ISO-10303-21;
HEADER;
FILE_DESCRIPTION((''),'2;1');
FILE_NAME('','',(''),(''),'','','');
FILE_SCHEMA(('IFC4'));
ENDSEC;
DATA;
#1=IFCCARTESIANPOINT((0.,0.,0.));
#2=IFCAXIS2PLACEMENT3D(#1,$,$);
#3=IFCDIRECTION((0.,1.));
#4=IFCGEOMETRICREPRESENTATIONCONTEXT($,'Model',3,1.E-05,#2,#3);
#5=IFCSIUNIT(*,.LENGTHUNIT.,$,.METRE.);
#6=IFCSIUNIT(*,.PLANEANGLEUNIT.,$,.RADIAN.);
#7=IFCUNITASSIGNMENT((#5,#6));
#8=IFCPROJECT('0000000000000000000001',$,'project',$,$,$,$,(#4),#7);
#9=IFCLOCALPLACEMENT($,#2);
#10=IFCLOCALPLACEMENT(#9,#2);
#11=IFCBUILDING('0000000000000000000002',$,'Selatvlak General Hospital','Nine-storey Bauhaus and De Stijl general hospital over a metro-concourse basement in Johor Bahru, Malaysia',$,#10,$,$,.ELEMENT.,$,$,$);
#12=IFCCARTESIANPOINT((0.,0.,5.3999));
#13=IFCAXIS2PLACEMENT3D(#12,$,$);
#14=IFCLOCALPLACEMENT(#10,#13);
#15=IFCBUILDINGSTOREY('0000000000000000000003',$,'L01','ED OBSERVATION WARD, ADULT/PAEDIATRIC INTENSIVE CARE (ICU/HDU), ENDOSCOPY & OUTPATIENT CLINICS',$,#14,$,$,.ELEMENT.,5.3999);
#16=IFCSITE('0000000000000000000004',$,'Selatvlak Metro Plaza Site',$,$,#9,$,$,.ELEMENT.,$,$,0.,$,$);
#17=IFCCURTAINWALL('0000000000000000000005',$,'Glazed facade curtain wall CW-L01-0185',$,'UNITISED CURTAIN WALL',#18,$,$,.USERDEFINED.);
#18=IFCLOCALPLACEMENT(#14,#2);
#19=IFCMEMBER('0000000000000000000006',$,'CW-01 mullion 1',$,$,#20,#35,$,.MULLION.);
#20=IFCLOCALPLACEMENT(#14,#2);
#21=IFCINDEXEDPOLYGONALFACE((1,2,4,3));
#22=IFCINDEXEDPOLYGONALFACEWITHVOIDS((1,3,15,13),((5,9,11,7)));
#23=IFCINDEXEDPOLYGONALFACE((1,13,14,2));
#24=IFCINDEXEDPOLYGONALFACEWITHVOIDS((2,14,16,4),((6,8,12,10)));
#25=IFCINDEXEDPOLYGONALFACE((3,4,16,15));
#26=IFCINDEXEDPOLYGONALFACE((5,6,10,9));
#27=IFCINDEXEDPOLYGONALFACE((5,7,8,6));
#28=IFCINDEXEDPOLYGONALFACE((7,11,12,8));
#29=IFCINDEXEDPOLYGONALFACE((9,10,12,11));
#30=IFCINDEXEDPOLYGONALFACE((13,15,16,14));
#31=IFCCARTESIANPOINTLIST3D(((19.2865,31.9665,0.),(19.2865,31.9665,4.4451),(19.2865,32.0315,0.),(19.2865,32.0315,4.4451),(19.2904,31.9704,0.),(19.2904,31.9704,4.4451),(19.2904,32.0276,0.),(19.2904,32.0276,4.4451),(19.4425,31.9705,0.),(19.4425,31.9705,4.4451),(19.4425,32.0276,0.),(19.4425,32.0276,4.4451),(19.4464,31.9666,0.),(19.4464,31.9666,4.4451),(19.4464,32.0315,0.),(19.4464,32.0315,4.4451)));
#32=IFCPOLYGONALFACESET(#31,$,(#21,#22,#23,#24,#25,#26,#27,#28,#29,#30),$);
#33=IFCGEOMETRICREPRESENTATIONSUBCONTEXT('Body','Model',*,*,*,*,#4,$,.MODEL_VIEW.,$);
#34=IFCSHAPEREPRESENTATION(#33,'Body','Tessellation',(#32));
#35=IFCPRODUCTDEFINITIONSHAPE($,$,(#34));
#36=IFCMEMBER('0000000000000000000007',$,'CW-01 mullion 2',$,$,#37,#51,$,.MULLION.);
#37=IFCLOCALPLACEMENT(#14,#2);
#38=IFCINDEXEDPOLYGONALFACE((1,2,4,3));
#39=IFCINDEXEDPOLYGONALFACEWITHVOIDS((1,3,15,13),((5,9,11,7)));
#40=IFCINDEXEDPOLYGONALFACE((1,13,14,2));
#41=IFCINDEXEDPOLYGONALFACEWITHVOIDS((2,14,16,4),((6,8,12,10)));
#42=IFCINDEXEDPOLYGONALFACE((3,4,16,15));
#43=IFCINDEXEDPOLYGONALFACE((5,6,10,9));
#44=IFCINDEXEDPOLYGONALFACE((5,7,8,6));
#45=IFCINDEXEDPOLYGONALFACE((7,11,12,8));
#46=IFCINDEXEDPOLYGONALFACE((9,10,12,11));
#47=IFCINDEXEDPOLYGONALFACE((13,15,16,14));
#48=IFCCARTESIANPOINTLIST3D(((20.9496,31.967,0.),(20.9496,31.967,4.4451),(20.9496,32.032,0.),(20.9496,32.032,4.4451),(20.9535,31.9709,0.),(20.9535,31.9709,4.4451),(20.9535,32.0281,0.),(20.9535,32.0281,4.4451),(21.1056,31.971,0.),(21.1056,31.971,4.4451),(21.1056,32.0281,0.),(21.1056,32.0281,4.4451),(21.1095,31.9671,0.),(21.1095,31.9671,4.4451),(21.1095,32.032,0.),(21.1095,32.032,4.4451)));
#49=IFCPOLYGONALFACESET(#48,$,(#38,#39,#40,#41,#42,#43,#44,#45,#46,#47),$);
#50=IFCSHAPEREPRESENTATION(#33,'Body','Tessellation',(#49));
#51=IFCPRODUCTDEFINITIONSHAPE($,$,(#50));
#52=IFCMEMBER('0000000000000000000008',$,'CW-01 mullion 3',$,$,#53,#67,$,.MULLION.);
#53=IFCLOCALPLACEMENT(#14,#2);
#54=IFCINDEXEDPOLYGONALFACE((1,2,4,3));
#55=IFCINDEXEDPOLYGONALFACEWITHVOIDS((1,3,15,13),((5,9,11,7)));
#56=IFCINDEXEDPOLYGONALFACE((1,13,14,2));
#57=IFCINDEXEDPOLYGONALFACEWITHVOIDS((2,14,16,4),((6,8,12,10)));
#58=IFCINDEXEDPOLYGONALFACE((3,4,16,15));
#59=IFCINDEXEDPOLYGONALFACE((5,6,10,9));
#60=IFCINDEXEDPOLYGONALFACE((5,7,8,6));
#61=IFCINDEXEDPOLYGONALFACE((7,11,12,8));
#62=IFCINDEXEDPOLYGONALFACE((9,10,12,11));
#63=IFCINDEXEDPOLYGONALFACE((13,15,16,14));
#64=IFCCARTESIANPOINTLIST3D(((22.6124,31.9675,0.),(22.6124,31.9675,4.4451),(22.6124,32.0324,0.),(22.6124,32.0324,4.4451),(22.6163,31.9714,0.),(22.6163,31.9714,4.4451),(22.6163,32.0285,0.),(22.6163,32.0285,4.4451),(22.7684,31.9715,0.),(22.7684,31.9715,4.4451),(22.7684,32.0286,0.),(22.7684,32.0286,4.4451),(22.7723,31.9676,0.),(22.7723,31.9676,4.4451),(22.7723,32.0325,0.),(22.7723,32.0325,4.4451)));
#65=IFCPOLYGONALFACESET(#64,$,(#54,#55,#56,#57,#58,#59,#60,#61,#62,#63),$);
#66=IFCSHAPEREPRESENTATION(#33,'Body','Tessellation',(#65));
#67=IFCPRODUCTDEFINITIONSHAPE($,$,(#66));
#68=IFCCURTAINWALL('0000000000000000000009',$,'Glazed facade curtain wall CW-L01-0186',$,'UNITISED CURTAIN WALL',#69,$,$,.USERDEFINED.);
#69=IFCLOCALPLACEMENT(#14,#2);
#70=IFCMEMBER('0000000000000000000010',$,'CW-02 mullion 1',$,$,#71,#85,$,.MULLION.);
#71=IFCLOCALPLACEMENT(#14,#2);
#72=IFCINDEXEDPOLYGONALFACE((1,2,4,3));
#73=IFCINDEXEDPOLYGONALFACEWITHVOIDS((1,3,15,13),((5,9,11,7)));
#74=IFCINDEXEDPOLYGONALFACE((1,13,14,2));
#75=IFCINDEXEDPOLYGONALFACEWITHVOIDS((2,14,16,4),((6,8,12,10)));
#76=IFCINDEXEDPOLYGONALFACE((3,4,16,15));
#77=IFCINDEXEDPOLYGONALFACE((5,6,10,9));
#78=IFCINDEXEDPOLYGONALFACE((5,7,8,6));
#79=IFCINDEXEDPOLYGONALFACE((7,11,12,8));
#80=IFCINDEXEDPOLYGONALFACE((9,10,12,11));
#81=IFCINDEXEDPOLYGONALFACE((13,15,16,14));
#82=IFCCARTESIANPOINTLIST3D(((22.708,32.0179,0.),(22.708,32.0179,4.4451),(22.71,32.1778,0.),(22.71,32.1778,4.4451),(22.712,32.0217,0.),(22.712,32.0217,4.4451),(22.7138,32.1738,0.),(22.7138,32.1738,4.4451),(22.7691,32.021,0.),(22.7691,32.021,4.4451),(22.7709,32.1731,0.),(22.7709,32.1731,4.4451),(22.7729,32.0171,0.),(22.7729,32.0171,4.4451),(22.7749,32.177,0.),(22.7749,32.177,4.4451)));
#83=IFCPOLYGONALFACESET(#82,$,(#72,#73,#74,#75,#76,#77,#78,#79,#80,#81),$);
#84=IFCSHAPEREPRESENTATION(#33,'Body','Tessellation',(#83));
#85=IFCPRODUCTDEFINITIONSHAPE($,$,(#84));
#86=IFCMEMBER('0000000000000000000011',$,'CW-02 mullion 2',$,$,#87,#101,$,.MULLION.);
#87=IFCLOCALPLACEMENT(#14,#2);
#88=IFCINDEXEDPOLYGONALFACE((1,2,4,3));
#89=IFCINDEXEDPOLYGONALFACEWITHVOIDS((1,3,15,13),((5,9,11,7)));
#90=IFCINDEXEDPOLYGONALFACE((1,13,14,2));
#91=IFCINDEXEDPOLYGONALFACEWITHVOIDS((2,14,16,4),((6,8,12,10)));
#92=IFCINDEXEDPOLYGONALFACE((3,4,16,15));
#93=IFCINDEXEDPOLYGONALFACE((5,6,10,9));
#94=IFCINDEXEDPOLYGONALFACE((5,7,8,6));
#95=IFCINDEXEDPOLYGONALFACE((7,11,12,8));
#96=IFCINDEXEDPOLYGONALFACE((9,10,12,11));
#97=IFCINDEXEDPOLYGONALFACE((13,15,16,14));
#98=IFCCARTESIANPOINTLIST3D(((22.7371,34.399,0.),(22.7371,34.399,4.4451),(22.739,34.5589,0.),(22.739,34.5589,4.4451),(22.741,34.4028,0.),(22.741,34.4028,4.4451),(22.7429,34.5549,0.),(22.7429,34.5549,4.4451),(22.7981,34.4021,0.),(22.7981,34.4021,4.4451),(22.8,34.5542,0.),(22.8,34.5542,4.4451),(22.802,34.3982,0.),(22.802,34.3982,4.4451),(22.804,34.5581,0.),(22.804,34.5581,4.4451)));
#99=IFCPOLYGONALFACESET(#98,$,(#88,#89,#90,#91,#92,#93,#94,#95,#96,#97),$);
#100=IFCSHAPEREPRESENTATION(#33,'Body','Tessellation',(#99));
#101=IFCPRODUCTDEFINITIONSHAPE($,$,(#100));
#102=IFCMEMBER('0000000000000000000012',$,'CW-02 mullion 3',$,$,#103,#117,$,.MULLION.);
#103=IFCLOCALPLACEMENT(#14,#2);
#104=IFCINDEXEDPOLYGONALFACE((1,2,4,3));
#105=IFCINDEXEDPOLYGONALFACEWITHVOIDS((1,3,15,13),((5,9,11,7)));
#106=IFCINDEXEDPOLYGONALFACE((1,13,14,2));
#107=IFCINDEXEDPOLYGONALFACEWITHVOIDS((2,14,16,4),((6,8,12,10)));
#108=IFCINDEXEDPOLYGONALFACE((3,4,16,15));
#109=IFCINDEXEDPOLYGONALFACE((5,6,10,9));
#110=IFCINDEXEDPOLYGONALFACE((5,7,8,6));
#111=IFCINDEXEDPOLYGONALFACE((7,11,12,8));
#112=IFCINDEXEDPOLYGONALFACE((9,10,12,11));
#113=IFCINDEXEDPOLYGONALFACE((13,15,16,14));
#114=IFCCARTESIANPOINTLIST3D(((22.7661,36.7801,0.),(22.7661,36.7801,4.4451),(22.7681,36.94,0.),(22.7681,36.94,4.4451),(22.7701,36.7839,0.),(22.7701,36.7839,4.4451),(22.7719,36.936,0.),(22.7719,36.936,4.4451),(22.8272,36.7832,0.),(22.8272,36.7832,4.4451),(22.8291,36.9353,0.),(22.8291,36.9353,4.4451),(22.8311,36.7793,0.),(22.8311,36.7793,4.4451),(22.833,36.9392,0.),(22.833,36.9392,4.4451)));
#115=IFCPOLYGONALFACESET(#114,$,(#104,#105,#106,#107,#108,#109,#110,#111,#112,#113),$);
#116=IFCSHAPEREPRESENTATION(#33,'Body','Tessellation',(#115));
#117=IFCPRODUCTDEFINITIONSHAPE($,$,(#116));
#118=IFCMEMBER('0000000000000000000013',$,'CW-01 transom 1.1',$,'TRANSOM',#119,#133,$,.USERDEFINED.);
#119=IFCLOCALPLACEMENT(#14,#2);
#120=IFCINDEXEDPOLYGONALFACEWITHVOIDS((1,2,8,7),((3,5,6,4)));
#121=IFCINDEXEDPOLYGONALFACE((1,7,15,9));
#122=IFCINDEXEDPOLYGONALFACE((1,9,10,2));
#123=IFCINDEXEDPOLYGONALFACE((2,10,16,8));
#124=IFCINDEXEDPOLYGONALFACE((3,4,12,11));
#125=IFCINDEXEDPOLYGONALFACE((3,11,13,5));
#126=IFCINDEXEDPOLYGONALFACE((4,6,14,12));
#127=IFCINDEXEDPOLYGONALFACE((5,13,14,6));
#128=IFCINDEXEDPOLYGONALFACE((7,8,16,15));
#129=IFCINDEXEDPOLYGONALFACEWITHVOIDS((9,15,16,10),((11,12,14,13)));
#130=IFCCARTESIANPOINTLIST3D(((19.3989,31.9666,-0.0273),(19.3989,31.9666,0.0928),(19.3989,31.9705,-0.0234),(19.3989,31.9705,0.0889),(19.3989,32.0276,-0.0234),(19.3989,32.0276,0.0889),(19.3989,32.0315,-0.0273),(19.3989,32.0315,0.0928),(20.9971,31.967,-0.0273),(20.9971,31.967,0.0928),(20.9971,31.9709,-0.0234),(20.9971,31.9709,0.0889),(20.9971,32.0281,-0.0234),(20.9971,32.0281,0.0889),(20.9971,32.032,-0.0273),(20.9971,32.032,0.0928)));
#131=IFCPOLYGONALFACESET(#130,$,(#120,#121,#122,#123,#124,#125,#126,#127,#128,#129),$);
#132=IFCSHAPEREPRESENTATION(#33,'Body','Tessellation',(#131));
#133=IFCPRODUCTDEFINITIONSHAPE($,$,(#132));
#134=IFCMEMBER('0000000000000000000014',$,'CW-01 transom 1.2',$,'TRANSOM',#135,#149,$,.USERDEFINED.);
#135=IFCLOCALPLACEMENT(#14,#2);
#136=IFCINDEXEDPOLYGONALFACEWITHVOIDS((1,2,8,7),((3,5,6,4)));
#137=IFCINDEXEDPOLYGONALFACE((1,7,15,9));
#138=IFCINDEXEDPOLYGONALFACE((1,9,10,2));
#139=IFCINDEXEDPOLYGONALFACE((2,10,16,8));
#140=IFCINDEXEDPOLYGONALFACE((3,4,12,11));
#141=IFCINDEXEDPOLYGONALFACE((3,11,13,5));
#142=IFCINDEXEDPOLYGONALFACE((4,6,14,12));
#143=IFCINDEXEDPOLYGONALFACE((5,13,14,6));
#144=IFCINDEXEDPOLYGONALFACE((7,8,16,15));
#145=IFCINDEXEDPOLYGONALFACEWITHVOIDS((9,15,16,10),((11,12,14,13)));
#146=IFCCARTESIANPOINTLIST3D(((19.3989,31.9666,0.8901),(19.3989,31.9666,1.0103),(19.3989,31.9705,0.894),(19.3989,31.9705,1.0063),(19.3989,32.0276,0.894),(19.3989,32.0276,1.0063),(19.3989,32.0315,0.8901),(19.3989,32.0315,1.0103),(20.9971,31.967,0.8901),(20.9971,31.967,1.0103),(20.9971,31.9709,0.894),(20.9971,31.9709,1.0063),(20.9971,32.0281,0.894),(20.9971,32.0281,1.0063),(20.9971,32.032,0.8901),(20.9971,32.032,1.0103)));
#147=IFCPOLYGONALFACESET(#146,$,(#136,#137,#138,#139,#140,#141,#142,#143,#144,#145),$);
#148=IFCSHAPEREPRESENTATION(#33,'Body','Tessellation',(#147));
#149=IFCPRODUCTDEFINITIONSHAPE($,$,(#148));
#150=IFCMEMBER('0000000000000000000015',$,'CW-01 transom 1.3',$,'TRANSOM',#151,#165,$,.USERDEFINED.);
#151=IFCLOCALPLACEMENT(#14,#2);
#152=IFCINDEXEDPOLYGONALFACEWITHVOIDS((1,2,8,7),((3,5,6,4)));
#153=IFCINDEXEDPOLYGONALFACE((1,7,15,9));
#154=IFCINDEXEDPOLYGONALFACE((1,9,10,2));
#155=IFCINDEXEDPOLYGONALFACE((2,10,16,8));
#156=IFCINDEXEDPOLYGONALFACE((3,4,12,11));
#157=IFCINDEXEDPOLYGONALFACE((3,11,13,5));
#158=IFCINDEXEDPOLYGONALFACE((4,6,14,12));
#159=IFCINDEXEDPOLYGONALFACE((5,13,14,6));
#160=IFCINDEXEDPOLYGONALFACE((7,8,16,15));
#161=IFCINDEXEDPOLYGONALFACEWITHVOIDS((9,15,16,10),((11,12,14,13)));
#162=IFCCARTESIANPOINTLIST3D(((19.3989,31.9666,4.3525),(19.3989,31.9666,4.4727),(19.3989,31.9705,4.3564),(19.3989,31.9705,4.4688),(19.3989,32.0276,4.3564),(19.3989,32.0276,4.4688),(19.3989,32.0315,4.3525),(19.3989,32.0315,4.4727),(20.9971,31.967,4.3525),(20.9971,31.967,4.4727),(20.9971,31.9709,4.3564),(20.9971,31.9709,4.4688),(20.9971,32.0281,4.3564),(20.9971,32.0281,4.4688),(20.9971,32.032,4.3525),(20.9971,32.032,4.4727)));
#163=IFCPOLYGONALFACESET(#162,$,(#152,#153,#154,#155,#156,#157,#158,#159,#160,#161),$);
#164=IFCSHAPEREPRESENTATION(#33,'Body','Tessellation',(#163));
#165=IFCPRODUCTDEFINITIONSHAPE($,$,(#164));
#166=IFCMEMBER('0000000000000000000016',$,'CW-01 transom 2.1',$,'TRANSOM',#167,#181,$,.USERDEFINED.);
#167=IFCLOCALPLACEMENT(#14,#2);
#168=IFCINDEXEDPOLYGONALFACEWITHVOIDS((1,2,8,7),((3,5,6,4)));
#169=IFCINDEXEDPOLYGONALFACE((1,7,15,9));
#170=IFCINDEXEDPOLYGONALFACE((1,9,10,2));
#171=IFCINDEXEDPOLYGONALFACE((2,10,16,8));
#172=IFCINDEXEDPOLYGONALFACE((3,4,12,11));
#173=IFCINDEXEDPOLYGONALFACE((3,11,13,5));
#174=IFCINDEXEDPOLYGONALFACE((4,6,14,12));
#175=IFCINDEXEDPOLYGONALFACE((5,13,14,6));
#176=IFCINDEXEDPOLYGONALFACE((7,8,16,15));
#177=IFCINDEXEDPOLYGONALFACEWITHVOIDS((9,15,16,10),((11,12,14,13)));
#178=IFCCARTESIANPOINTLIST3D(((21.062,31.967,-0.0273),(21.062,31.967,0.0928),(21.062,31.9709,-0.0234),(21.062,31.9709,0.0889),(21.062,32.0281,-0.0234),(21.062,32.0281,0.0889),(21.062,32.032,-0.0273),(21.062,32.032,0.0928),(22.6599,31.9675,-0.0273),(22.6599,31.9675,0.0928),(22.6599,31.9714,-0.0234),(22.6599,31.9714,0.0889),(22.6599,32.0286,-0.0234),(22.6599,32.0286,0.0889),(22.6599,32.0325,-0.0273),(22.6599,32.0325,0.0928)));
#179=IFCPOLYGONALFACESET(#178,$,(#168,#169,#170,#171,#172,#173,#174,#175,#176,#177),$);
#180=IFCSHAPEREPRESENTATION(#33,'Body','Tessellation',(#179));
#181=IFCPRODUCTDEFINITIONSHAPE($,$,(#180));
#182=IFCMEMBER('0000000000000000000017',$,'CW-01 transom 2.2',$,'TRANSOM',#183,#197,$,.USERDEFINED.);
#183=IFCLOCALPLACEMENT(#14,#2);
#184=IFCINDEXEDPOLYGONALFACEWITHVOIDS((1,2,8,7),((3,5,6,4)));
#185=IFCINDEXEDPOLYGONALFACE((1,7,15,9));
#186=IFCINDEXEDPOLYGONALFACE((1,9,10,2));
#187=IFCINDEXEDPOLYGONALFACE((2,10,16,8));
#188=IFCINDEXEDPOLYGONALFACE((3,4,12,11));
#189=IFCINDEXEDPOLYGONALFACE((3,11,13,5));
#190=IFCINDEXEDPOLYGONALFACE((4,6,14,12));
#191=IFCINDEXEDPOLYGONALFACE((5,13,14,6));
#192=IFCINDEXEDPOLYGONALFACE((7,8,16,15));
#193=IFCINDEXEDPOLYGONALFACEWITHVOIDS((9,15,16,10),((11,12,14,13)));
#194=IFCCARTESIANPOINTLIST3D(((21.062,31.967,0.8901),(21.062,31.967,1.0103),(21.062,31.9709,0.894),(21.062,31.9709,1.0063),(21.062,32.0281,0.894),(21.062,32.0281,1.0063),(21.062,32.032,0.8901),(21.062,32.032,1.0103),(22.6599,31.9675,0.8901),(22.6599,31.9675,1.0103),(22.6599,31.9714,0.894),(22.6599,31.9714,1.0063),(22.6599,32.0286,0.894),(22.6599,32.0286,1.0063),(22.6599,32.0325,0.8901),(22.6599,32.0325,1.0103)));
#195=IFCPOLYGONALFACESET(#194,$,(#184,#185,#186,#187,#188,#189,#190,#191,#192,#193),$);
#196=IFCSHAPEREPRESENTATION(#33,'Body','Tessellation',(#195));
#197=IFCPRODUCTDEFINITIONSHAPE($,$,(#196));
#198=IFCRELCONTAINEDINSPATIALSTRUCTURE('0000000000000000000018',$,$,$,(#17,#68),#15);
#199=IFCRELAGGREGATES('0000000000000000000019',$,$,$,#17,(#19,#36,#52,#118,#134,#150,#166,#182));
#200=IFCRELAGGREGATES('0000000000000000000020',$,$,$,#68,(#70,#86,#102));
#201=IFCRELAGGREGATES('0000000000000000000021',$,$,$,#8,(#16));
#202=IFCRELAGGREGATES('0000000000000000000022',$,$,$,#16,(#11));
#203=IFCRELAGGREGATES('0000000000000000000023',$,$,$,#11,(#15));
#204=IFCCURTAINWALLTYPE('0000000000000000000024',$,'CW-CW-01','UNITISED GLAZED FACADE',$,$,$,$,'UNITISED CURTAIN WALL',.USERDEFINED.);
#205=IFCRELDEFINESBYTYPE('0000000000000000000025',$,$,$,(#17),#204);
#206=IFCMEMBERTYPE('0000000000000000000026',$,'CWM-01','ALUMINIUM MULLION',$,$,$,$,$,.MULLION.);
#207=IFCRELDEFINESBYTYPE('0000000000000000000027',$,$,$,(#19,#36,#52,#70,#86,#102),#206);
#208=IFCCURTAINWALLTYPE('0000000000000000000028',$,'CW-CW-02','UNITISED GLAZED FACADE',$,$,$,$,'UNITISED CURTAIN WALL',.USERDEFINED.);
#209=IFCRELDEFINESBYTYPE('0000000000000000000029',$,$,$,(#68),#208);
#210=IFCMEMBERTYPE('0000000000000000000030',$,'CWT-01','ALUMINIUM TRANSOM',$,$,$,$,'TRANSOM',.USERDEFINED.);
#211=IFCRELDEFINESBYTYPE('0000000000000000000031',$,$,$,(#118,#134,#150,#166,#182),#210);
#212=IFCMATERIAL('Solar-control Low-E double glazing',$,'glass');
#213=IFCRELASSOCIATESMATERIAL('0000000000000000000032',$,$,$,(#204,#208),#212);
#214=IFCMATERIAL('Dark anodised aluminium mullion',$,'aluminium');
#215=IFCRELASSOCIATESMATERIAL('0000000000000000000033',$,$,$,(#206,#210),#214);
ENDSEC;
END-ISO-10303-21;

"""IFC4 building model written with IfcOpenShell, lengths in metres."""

from ifc_helpers import new_model, si_unit, direction, frame, origin, origin_2d, place, context, subcontext, project, spatial, hollow_rectangle, extrude, material, material_profile, profile_set, type_object, element, aggregate, save


model = new_model("IFC4")

# Units and contexts
model_context = context("Model", 3, precision=1e-05, world=origin(), true_north=direction((0.0, 1.0)))
body_context = subcontext(model_context, "Body", "Model", "MODEL_VIEW")
ifc_project = project(units=[si_unit("LENGTHUNIT", "METRE"), si_unit("PLANEANGLEUNIT", "RADIAN")], contexts=[model_context])

# Site, building, storey
site_placement = place(None, origin())
site = spatial("IfcSite", under=ifc_project, at=site_placement, Name="Selatvlak Metro Plaza Site", CompositionType="ELEMENT", RefElevation=0.0)
building_placement = place(site_placement, origin())
building = spatial("IfcBuilding", under=site, at=building_placement, Name="Selatvlak General Hospital", Description="Nine-storey Bauhaus and De Stijl general hospital over a metro-concourse basement in Johor Bahru, Malaysia", CompositionType="ELEMENT")
storey_placement = place(building_placement, frame((0.0, 0.0, 5.3999)))
storey = spatial("IfcBuildingStorey", under=building, at=storey_placement, Name="L01", Description="ED OBSERVATION WARD, ADULT/PAEDIATRIC INTENSIVE CARE (ICU/HDU), ENDOSCOPY & OUTPATIENT CLINICS", CompositionType="ELEMENT", Elevation=5.3999)

# Curtain walls, members
ifc_material_1 = material(Name="Solar-control Low-E double glazing", Category="glass")
curtain_wall_type_1 = type_object("IfcCurtainWallType", Name="CW-CW-01", Description="UNITISED GLAZED FACADE", ElementType="UNITISED CURTAIN WALL", PredefinedType="USERDEFINED", material=ifc_material_1)
curtain_wall_1_placement = place(storey_placement, origin())
curtain_wall_1 = element("IfcCurtainWall", 1, at=curtain_wall_1_placement, inside=storey, type_object=curtain_wall_type_1, Name="Glazed facade curtain wall CW-L01-0185", ObjectType="UNITISED CURTAIN WALL", PredefinedType="USERDEFINED")
ifc_material_2 = material(Name="Dark anodised aluminium mullion", Category="aluminium")
ifc_material_profile_1 = material_profile(ifc_material_2, hollow_rectangle(XDim=0.0649, YDim=0.1599, WallThickness=0.0039, at=origin_2d()), Name="AL-MUL 65x160x4")
ifc_profile_set_1 = profile_set([ifc_material_profile_1], Name="Dark anodised aluminium mullion")
member_type_1 = type_object("IfcMemberType", Name="CWM-01", Description="ALUMINIUM MULLION", PredefinedType="MULLION", material=ifc_profile_set_1)
member_1_placement = place(storey_placement, frame((19.3665, 31.999, 0.0), z_axis=(0.0, 0.0, 1.0), x_axis=(-0.000295, 1.0, 0.0)))
member_1 = element("IfcMember", 2, at=member_1_placement, type_object=member_type_1, Name="CW-01 mullion 1", PredefinedType="MULLION", context=body_context, shape_type="SweptSolid", body=[
    extrude(hollow_rectangle(XDim=0.0649, YDim=0.1599, WallThickness=0.0039, at=origin_2d()), origin(), (0.0, 0.0, 1.0), 4.4451),
])
member_2_placement = place(storey_placement, frame((21.0295, 31.9995, 0.0), z_axis=(0.0, 0.0, 1.0), x_axis=(-0.000295, 1.0, 0.0)))
member_2 = element("IfcMember", 3, at=member_2_placement, type_object=member_type_1, Name="CW-01 mullion 2", PredefinedType="MULLION", context=body_context, shape_type="SweptSolid", body=[
    extrude(hollow_rectangle(XDim=0.0649, YDim=0.1599, WallThickness=0.0039, at=origin_2d()), origin(), (0.0, 0.0, 1.0), 4.4451),
])
member_3_placement = place(storey_placement, frame((22.6924, 32.0, 0.0), z_axis=(0.0, 0.0, 1.0), x_axis=(-0.000295, 1.0, 0.0)))
member_3 = element("IfcMember", 4, at=member_3_placement, type_object=member_type_1, Name="CW-01 mullion 3", PredefinedType="MULLION", context=body_context, shape_type="SweptSolid", body=[
    extrude(hollow_rectangle(XDim=0.0649, YDim=0.1599, WallThickness=0.0039, at=origin_2d()), origin(), (0.0, 0.0, 1.0), 4.4451),
])
curtain_wall_type_2 = type_object("IfcCurtainWallType", Name="CW-CW-02", Description="UNITISED GLAZED FACADE", ElementType="UNITISED CURTAIN WALL", PredefinedType="USERDEFINED", material=ifc_material_1)
curtain_wall_2_placement = place(storey_placement, origin())
curtain_wall_2 = element("IfcCurtainWall", 5, at=curtain_wall_2_placement, inside=storey, type_object=curtain_wall_type_2, Name="Glazed facade curtain wall CW-L01-0186", ObjectType="UNITISED CURTAIN WALL", PredefinedType="USERDEFINED")
member_4_placement = place(storey_placement, frame((22.7415, 32.0974, 0.0), z_axis=(0.0, 0.0, 1.0), x_axis=(-0.999925, 0.012222, 0.0)))
member_4 = element("IfcMember", 6, at=member_4_placement, type_object=member_type_1, Name="CW-02 mullion 1", PredefinedType="MULLION", context=body_context, shape_type="SweptSolid", body=[
    extrude(hollow_rectangle(XDim=0.0649, YDim=0.1599, WallThickness=0.0039, at=origin_2d()), origin(), (0.0, 0.0, 1.0), 4.4451),
])
member_5_placement = place(storey_placement, frame((22.7705, 34.4785, 0.0), z_axis=(0.0, 0.0, 1.0), x_axis=(-0.999925, 0.012222, 0.0)))
member_5 = element("IfcMember", 7, at=member_5_placement, type_object=member_type_1, Name="CW-02 mullion 2", PredefinedType="MULLION", context=body_context, shape_type="SweptSolid", body=[
    extrude(hollow_rectangle(XDim=0.0649, YDim=0.1599, WallThickness=0.0039, at=origin_2d()), origin(), (0.0, 0.0, 1.0), 4.4451),
])
member_6_placement = place(storey_placement, frame((22.7996, 36.8596, 0.0), z_axis=(0.0, 0.0, 1.0), x_axis=(-0.999925, 0.012222, 0.0)))
member_6 = element("IfcMember", 8, at=member_6_placement, type_object=member_type_1, Name="CW-02 mullion 3", PredefinedType="MULLION", context=body_context, shape_type="SweptSolid", body=[
    extrude(hollow_rectangle(XDim=0.0649, YDim=0.1599, WallThickness=0.0039, at=origin_2d()), origin(), (0.0, 0.0, 1.0), 4.4451),
])

# Members
ifc_material_profile_2 = material_profile(ifc_material_2, hollow_rectangle(XDim=0.0649, YDim=0.1201, WallThickness=0.0039, at=origin_2d()), Name="AL-TRN 65x120x4")
ifc_profile_set_2 = profile_set([ifc_material_profile_2], Name="Dark anodised aluminium mullion")
member_type_2 = type_object("IfcMemberType", Name="CWT-01", Description="ALUMINIUM TRANSOM", ElementType="TRANSOM", PredefinedType="USERDEFINED", material=ifc_profile_set_2)
member_7_placement = place(storey_placement, frame((19.3989, 31.999, 0.0327), z_axis=(1.0, 0.000306, 0.0), x_axis=(-0.000306, 1.0, 0.0)))
member_7 = element("IfcMember", 9, at=member_7_placement, type_object=member_type_2, Name="CW-01 transom 1.1", ObjectType="TRANSOM", PredefinedType="USERDEFINED", context=body_context, shape_type="SweptSolid", body=[
    extrude(hollow_rectangle(XDim=0.0649, YDim=0.1201, WallThickness=0.0039, at=origin_2d()), origin(), (0.0, 0.0, 1.0), 1.5981),
])
member_8_placement = place(storey_placement, frame((19.3989, 31.999, 0.9502), z_axis=(1.0, 0.000306, 0.0), x_axis=(-0.000306, 1.0, 0.0)))
member_8 = element("IfcMember", 10, at=member_8_placement, type_object=member_type_2, Name="CW-01 transom 1.2", ObjectType="TRANSOM", PredefinedType="USERDEFINED", context=body_context, shape_type="SweptSolid", body=[
    extrude(hollow_rectangle(XDim=0.0649, YDim=0.1201, WallThickness=0.0039, at=origin_2d()), origin(), (0.0, 0.0, 1.0), 1.5981),
])
member_9_placement = place(storey_placement, frame((19.3989, 31.999, 4.4126), z_axis=(1.0, 0.000306, 0.0), x_axis=(-0.000306, 1.0, 0.0)))
member_9 = element("IfcMember", 11, at=member_9_placement, type_object=member_type_2, Name="CW-01 transom 1.3", ObjectType="TRANSOM", PredefinedType="USERDEFINED", context=body_context, shape_type="SweptSolid", body=[
    extrude(hollow_rectangle(XDim=0.0649, YDim=0.1201, WallThickness=0.0039, at=origin_2d()), origin(), (0.0, 0.0, 1.0), 1.5981),
])
member_10_placement = place(storey_placement, frame((21.062, 31.9995, 0.0327), z_axis=(1.0, 0.000306, 0.0), x_axis=(-0.000306, 1.0, 0.0)))
member_10 = element("IfcMember", 12, at=member_10_placement, type_object=member_type_2, Name="CW-01 transom 2.1", ObjectType="TRANSOM", PredefinedType="USERDEFINED", context=body_context, shape_type="SweptSolid", body=[
    extrude(hollow_rectangle(XDim=0.0649, YDim=0.1201, WallThickness=0.0039, at=origin_2d()), origin(), (0.0, 0.0, 1.0), 1.5979),
])
member_11_placement = place(storey_placement, frame((21.062, 31.9995, 0.9502), z_axis=(1.0, 0.000306, 0.0), x_axis=(-0.000306, 1.0, 0.0)))
member_11 = element("IfcMember", 13, at=member_11_placement, type_object=member_type_2, Name="CW-01 transom 2.2", ObjectType="TRANSOM", PredefinedType="USERDEFINED", context=body_context, shape_type="SweptSolid", body=[
    extrude(hollow_rectangle(XDim=0.0649, YDim=0.1201, WallThickness=0.0039, at=origin_2d()), origin(), (0.0, 0.0, 1.0), 1.5979),
])

aggregate(curtain_wall_1, [member_1, member_2, member_3, member_7, member_8, member_9, member_10, member_11])
aggregate(curtain_wall_2, [member_4, member_5, member_6])

save(model, "model.ifc")
